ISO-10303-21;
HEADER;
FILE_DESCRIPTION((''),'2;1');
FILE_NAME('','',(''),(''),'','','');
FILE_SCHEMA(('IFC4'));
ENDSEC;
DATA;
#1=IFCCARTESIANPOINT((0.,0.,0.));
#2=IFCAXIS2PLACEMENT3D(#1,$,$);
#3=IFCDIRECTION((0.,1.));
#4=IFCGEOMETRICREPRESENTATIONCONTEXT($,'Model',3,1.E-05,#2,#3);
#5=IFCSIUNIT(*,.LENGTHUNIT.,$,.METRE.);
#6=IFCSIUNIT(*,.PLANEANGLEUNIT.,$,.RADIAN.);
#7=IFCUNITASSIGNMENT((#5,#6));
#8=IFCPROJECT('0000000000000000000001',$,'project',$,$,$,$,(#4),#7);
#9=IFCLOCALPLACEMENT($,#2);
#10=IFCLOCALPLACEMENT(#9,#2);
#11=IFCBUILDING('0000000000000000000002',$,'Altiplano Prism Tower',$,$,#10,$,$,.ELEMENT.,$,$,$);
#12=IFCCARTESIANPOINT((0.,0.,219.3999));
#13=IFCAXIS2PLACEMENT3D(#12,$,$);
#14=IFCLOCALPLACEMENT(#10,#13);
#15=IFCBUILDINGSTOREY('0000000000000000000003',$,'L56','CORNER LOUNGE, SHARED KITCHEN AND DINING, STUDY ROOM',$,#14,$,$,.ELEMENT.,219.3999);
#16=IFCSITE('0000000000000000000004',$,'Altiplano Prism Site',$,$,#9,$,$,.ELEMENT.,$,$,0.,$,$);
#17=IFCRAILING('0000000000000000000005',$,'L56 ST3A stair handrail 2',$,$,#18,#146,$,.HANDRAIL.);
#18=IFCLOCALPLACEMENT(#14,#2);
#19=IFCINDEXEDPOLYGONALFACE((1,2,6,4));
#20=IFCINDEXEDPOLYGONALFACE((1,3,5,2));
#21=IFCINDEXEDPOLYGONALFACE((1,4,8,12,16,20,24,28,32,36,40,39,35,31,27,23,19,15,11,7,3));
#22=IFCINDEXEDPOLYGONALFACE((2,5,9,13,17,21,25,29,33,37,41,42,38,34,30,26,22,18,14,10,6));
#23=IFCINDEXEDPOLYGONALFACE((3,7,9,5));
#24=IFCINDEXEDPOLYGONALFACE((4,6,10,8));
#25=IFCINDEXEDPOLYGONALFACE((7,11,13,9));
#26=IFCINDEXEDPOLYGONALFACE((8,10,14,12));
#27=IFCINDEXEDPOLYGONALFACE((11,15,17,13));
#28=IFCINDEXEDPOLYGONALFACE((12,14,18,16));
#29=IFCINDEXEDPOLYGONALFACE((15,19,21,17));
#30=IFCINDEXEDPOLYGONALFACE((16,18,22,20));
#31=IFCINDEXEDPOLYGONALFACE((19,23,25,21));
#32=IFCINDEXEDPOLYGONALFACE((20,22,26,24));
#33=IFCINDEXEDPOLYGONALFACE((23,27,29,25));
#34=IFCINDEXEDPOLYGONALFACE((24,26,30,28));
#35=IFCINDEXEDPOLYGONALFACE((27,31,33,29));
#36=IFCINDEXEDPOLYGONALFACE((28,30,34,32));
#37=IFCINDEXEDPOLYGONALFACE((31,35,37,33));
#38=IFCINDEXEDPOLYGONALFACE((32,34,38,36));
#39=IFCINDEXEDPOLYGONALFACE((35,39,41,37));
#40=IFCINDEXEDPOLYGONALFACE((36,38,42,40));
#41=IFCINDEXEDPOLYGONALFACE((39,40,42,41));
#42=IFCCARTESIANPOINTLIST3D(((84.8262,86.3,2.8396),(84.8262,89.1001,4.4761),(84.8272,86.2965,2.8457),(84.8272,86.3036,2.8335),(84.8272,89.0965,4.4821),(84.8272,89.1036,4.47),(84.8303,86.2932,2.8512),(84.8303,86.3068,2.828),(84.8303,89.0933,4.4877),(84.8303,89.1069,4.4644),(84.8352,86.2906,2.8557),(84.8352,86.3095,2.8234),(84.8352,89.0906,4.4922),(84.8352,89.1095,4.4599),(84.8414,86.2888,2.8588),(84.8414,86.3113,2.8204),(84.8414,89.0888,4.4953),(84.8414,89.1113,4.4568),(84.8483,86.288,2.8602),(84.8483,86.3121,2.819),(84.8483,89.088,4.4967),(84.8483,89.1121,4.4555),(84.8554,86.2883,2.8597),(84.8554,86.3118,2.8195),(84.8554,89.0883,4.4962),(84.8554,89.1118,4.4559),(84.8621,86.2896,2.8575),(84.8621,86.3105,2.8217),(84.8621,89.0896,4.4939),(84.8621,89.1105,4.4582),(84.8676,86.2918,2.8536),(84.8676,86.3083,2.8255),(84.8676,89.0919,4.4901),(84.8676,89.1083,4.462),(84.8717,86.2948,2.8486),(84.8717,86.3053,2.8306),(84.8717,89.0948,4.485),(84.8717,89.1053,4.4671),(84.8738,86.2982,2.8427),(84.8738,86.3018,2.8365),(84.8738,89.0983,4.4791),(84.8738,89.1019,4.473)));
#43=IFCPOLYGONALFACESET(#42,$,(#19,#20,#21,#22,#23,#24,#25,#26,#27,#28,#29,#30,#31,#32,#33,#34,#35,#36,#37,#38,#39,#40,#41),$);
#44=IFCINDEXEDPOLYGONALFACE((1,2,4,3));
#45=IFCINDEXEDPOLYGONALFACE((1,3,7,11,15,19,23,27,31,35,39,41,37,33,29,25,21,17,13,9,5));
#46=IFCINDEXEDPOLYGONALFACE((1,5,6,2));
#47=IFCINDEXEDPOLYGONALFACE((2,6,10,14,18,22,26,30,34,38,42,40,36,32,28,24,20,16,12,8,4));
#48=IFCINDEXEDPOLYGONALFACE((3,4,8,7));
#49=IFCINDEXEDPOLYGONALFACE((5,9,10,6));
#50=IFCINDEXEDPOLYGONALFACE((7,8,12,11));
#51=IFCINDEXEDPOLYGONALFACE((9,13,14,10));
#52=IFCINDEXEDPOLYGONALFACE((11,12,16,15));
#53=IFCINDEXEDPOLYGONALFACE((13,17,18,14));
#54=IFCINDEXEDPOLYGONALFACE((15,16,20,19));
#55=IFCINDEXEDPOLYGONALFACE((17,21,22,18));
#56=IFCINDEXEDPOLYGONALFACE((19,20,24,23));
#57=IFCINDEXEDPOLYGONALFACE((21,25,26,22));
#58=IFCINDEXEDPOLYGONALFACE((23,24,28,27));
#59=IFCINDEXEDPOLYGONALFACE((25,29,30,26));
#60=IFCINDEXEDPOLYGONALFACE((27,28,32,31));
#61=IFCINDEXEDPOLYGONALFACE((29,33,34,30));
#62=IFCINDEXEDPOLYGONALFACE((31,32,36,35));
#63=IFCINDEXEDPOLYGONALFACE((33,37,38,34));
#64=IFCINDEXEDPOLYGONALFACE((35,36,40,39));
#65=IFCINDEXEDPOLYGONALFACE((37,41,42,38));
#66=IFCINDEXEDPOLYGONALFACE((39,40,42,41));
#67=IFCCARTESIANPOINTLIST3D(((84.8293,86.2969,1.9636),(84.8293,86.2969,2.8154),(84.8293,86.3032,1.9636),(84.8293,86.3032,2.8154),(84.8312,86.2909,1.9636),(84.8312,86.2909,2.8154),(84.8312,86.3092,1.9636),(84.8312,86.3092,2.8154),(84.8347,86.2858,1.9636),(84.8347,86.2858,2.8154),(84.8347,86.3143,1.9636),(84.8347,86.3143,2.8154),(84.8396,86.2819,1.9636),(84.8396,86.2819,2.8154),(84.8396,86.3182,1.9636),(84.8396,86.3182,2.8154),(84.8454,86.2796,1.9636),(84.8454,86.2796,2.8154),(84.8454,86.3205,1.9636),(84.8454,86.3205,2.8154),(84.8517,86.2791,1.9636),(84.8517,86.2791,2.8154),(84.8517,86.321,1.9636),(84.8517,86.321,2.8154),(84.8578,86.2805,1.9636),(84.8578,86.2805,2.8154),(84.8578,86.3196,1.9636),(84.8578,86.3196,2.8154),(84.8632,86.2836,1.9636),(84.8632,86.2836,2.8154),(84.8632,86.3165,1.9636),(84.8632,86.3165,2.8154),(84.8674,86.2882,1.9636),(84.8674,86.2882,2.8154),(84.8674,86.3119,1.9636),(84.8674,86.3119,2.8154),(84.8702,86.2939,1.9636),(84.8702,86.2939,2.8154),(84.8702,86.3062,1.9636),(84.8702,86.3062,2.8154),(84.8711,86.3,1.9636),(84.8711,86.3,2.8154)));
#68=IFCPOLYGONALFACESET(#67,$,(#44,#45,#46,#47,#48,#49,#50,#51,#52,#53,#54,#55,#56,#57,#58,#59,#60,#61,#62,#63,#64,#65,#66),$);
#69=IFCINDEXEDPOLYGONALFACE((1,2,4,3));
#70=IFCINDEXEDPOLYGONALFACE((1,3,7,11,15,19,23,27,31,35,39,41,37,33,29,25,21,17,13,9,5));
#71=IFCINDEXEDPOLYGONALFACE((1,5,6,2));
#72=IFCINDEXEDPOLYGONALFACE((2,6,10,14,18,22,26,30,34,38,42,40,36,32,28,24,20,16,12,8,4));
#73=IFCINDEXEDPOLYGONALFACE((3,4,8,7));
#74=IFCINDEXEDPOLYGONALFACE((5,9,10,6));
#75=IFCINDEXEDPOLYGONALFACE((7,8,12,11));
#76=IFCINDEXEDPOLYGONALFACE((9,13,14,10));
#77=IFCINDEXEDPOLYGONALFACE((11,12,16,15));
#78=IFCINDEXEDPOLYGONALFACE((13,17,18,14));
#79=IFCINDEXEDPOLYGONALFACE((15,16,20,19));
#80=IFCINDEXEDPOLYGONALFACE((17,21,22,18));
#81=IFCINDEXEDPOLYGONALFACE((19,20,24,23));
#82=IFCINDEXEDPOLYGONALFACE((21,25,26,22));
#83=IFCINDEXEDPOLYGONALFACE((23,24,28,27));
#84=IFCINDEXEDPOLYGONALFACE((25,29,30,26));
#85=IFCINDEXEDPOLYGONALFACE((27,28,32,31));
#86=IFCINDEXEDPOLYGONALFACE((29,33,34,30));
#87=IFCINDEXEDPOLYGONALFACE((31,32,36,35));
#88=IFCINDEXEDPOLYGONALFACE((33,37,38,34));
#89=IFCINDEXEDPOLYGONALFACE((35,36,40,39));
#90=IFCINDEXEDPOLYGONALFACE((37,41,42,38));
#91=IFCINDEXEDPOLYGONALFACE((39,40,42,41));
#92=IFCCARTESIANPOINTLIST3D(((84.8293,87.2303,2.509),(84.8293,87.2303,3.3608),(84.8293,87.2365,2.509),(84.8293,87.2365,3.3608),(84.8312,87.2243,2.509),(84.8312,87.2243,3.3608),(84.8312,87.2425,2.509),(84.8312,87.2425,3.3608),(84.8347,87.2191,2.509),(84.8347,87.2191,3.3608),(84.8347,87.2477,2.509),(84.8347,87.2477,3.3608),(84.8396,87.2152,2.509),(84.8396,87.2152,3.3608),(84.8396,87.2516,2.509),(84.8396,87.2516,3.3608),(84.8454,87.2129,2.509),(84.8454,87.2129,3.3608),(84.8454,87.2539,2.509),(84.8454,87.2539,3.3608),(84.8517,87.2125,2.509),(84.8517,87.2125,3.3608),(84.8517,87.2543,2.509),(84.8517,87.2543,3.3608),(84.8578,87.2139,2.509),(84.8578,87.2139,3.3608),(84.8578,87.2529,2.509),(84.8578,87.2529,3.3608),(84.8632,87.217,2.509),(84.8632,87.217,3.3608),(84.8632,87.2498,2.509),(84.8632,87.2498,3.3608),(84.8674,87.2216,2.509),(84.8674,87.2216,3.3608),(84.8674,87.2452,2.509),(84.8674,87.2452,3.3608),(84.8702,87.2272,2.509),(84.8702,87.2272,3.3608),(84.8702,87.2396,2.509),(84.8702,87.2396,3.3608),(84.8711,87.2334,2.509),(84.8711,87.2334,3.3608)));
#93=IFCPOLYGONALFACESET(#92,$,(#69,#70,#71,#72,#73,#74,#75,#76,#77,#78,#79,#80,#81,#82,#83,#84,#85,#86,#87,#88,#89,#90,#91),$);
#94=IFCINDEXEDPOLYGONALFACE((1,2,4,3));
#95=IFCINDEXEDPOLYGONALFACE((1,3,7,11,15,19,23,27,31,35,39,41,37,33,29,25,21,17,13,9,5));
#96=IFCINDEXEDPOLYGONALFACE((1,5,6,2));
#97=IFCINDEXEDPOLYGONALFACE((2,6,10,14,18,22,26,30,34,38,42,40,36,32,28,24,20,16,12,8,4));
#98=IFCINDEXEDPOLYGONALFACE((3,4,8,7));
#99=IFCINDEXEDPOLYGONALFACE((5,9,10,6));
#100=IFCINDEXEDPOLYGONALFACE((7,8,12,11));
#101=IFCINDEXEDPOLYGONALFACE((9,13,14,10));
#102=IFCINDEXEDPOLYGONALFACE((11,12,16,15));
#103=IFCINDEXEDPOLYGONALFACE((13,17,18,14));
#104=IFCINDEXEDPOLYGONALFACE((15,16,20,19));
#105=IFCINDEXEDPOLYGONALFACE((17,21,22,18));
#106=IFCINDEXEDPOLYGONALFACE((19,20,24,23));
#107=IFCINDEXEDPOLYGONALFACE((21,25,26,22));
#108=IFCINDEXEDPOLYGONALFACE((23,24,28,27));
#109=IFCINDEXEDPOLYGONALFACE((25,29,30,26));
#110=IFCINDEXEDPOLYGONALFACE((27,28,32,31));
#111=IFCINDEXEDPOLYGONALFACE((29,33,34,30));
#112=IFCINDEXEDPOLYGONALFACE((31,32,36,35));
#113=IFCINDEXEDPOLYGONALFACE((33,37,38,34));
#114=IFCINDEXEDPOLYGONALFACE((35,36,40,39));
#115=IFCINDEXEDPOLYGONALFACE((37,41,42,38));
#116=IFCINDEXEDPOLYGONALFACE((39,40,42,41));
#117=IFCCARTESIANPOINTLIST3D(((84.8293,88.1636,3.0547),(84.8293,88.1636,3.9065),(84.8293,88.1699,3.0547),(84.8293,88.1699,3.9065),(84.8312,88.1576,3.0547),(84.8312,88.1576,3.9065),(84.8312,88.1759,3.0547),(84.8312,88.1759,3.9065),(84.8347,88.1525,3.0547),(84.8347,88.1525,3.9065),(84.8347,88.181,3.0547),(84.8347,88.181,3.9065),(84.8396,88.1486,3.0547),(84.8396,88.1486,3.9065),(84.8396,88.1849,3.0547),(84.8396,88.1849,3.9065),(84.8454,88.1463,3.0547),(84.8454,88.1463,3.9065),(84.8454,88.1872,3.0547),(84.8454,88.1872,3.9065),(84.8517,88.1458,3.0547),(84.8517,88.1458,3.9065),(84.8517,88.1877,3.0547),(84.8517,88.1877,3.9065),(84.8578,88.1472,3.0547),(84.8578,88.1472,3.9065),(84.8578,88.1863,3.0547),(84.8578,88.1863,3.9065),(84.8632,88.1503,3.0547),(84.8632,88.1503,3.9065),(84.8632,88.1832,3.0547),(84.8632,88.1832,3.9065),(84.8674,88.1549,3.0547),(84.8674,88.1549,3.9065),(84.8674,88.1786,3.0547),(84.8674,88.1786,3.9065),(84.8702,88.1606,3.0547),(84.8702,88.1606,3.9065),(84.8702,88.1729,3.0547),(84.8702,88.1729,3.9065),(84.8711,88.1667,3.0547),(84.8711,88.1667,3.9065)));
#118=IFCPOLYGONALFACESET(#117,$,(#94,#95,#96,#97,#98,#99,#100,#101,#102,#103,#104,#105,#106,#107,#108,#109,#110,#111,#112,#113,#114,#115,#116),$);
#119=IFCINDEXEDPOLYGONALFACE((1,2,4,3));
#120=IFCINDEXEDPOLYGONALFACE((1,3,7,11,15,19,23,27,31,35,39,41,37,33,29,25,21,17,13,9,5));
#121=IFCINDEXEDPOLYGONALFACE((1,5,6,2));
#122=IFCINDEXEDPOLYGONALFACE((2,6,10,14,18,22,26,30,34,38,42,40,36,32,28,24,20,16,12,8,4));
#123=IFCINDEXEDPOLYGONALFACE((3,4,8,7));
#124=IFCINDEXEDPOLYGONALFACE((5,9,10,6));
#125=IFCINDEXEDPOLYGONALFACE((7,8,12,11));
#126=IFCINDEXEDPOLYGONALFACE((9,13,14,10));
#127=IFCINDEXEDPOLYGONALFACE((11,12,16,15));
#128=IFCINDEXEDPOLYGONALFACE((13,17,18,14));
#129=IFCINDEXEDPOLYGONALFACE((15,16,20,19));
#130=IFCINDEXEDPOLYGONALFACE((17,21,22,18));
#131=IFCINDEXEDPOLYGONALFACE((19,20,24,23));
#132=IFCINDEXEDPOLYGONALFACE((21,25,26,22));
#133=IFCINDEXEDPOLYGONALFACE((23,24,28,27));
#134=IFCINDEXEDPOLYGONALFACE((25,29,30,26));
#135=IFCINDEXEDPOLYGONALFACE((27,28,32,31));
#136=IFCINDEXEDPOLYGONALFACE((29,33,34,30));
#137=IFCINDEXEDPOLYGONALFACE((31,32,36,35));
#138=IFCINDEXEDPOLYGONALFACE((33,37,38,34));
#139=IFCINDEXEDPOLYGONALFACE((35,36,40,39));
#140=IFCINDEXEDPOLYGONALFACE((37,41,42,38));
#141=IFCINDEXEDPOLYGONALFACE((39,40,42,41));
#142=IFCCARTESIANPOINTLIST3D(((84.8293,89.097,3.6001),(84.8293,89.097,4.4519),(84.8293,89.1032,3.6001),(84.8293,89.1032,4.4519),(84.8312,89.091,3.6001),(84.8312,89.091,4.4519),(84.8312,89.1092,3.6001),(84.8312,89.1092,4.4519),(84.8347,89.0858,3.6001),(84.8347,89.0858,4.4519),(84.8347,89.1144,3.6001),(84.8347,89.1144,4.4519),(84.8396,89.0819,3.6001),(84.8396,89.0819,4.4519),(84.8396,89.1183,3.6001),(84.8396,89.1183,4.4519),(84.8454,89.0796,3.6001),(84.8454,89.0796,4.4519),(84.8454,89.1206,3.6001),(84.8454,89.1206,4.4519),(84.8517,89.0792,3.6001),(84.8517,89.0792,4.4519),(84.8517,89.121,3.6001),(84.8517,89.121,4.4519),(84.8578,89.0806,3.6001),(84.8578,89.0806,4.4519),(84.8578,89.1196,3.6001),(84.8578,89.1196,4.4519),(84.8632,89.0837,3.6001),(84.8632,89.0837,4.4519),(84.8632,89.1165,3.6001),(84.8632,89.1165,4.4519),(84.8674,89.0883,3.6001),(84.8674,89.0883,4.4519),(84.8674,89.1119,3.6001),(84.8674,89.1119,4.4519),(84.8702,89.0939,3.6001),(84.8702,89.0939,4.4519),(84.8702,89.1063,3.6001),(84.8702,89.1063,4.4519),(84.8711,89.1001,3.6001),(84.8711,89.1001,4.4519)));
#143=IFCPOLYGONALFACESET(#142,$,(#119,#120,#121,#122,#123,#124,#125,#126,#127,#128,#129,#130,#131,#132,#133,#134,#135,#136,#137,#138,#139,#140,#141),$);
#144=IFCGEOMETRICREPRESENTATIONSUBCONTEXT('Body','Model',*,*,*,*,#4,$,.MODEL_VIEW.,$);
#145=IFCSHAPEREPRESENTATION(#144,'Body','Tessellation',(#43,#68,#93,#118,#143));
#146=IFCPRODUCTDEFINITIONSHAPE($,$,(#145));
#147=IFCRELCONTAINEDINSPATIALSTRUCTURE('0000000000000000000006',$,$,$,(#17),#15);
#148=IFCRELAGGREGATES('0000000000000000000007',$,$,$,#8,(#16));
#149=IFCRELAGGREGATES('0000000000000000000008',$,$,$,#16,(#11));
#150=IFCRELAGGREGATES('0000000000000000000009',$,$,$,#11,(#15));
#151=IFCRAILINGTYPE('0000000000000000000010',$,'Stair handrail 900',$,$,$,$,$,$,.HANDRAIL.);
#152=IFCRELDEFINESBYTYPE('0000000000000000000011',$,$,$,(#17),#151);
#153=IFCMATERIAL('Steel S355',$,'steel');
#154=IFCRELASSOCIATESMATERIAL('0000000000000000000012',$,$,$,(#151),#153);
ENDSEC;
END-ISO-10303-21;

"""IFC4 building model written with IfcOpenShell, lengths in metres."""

from ifc_helpers import new_model, si_unit, direction, frame, origin, origin_2d, place, context, subcontext, project, spatial, circle, extrude, material, type_object, element, save


model = new_model("IFC4")

# Units and contexts
model_context = context("Model", 3, precision=1e-05, world=origin(), true_north=direction((0.0, 1.0)))
body_context = subcontext(model_context, "Body", "Model", "MODEL_VIEW")
ifc_project = project(units=[si_unit("LENGTHUNIT", "METRE"), si_unit("PLANEANGLEUNIT", "RADIAN")], contexts=[model_context])

# Site, building, storey
site_placement = place(None, origin())
site = spatial("IfcSite", under=ifc_project, at=site_placement, Name="Altiplano Prism Site", CompositionType="ELEMENT", RefElevation=0.0)
building_placement = place(site_placement, origin())
building = spatial("IfcBuilding", under=site, at=building_placement, Name="Altiplano Prism Tower", CompositionType="ELEMENT")
storey_placement = place(building_placement, frame((0.0, 0.0, 219.3999)))
storey = spatial("IfcBuildingStorey", under=building, at=storey_placement, Name="L56", Description="CORNER LOUNGE, SHARED KITCHEN AND DINING, STUDY ROOM", CompositionType="ELEMENT", Elevation=219.3999)

# Shared definitions
ifc_material_1 = material(Name="Steel S355", Category="steel")

# Railing
railing_type = type_object("IfcRailingType", Name="Stair handrail 900", PredefinedType="HANDRAIL", material=ifc_material_1)
for number, where, name in (
    (1, (84.8501, 86.3, 1.9636), "L56 ST3A stair handrail 2"),
):
    element("IfcRailing", number, at=place(storey_placement, frame(where)), inside=storey, type_object=railing_type, Name=name, PredefinedType="HANDRAIL", context=body_context, shape_type="SweptSolid", body=[
        extrude(circle(Radius=0.0239, at=origin_2d()), frame((0.0, 0.0, 0.876), z_axis=(0.0, 0.863361, 0.504587), x_axis=(-1.0, 0.0, 0.0)), (0.0, 0.0, 1.0), 3.2432),
        extrude(circle(Radius=0.021, at=origin_2d()), origin(), (0.0, 0.0, 1.0), 0.8518),
        extrude(circle(Radius=0.021, at=origin_2d()), frame((0.0, 0.9333, 0.5454)), (0.0, 0.0, 1.0), 0.8518),
        extrude(circle(Radius=0.021, at=origin_2d()), frame((0.0, 1.8667, 1.0911)), (0.0, 0.0, 1.0), 0.8518),
        extrude(circle(Radius=0.021, at=origin_2d()), frame((0.0, 2.8, 1.6365)), (0.0, 0.0, 1.0), 0.8518),
    ])

save(model, "model.ifc")
